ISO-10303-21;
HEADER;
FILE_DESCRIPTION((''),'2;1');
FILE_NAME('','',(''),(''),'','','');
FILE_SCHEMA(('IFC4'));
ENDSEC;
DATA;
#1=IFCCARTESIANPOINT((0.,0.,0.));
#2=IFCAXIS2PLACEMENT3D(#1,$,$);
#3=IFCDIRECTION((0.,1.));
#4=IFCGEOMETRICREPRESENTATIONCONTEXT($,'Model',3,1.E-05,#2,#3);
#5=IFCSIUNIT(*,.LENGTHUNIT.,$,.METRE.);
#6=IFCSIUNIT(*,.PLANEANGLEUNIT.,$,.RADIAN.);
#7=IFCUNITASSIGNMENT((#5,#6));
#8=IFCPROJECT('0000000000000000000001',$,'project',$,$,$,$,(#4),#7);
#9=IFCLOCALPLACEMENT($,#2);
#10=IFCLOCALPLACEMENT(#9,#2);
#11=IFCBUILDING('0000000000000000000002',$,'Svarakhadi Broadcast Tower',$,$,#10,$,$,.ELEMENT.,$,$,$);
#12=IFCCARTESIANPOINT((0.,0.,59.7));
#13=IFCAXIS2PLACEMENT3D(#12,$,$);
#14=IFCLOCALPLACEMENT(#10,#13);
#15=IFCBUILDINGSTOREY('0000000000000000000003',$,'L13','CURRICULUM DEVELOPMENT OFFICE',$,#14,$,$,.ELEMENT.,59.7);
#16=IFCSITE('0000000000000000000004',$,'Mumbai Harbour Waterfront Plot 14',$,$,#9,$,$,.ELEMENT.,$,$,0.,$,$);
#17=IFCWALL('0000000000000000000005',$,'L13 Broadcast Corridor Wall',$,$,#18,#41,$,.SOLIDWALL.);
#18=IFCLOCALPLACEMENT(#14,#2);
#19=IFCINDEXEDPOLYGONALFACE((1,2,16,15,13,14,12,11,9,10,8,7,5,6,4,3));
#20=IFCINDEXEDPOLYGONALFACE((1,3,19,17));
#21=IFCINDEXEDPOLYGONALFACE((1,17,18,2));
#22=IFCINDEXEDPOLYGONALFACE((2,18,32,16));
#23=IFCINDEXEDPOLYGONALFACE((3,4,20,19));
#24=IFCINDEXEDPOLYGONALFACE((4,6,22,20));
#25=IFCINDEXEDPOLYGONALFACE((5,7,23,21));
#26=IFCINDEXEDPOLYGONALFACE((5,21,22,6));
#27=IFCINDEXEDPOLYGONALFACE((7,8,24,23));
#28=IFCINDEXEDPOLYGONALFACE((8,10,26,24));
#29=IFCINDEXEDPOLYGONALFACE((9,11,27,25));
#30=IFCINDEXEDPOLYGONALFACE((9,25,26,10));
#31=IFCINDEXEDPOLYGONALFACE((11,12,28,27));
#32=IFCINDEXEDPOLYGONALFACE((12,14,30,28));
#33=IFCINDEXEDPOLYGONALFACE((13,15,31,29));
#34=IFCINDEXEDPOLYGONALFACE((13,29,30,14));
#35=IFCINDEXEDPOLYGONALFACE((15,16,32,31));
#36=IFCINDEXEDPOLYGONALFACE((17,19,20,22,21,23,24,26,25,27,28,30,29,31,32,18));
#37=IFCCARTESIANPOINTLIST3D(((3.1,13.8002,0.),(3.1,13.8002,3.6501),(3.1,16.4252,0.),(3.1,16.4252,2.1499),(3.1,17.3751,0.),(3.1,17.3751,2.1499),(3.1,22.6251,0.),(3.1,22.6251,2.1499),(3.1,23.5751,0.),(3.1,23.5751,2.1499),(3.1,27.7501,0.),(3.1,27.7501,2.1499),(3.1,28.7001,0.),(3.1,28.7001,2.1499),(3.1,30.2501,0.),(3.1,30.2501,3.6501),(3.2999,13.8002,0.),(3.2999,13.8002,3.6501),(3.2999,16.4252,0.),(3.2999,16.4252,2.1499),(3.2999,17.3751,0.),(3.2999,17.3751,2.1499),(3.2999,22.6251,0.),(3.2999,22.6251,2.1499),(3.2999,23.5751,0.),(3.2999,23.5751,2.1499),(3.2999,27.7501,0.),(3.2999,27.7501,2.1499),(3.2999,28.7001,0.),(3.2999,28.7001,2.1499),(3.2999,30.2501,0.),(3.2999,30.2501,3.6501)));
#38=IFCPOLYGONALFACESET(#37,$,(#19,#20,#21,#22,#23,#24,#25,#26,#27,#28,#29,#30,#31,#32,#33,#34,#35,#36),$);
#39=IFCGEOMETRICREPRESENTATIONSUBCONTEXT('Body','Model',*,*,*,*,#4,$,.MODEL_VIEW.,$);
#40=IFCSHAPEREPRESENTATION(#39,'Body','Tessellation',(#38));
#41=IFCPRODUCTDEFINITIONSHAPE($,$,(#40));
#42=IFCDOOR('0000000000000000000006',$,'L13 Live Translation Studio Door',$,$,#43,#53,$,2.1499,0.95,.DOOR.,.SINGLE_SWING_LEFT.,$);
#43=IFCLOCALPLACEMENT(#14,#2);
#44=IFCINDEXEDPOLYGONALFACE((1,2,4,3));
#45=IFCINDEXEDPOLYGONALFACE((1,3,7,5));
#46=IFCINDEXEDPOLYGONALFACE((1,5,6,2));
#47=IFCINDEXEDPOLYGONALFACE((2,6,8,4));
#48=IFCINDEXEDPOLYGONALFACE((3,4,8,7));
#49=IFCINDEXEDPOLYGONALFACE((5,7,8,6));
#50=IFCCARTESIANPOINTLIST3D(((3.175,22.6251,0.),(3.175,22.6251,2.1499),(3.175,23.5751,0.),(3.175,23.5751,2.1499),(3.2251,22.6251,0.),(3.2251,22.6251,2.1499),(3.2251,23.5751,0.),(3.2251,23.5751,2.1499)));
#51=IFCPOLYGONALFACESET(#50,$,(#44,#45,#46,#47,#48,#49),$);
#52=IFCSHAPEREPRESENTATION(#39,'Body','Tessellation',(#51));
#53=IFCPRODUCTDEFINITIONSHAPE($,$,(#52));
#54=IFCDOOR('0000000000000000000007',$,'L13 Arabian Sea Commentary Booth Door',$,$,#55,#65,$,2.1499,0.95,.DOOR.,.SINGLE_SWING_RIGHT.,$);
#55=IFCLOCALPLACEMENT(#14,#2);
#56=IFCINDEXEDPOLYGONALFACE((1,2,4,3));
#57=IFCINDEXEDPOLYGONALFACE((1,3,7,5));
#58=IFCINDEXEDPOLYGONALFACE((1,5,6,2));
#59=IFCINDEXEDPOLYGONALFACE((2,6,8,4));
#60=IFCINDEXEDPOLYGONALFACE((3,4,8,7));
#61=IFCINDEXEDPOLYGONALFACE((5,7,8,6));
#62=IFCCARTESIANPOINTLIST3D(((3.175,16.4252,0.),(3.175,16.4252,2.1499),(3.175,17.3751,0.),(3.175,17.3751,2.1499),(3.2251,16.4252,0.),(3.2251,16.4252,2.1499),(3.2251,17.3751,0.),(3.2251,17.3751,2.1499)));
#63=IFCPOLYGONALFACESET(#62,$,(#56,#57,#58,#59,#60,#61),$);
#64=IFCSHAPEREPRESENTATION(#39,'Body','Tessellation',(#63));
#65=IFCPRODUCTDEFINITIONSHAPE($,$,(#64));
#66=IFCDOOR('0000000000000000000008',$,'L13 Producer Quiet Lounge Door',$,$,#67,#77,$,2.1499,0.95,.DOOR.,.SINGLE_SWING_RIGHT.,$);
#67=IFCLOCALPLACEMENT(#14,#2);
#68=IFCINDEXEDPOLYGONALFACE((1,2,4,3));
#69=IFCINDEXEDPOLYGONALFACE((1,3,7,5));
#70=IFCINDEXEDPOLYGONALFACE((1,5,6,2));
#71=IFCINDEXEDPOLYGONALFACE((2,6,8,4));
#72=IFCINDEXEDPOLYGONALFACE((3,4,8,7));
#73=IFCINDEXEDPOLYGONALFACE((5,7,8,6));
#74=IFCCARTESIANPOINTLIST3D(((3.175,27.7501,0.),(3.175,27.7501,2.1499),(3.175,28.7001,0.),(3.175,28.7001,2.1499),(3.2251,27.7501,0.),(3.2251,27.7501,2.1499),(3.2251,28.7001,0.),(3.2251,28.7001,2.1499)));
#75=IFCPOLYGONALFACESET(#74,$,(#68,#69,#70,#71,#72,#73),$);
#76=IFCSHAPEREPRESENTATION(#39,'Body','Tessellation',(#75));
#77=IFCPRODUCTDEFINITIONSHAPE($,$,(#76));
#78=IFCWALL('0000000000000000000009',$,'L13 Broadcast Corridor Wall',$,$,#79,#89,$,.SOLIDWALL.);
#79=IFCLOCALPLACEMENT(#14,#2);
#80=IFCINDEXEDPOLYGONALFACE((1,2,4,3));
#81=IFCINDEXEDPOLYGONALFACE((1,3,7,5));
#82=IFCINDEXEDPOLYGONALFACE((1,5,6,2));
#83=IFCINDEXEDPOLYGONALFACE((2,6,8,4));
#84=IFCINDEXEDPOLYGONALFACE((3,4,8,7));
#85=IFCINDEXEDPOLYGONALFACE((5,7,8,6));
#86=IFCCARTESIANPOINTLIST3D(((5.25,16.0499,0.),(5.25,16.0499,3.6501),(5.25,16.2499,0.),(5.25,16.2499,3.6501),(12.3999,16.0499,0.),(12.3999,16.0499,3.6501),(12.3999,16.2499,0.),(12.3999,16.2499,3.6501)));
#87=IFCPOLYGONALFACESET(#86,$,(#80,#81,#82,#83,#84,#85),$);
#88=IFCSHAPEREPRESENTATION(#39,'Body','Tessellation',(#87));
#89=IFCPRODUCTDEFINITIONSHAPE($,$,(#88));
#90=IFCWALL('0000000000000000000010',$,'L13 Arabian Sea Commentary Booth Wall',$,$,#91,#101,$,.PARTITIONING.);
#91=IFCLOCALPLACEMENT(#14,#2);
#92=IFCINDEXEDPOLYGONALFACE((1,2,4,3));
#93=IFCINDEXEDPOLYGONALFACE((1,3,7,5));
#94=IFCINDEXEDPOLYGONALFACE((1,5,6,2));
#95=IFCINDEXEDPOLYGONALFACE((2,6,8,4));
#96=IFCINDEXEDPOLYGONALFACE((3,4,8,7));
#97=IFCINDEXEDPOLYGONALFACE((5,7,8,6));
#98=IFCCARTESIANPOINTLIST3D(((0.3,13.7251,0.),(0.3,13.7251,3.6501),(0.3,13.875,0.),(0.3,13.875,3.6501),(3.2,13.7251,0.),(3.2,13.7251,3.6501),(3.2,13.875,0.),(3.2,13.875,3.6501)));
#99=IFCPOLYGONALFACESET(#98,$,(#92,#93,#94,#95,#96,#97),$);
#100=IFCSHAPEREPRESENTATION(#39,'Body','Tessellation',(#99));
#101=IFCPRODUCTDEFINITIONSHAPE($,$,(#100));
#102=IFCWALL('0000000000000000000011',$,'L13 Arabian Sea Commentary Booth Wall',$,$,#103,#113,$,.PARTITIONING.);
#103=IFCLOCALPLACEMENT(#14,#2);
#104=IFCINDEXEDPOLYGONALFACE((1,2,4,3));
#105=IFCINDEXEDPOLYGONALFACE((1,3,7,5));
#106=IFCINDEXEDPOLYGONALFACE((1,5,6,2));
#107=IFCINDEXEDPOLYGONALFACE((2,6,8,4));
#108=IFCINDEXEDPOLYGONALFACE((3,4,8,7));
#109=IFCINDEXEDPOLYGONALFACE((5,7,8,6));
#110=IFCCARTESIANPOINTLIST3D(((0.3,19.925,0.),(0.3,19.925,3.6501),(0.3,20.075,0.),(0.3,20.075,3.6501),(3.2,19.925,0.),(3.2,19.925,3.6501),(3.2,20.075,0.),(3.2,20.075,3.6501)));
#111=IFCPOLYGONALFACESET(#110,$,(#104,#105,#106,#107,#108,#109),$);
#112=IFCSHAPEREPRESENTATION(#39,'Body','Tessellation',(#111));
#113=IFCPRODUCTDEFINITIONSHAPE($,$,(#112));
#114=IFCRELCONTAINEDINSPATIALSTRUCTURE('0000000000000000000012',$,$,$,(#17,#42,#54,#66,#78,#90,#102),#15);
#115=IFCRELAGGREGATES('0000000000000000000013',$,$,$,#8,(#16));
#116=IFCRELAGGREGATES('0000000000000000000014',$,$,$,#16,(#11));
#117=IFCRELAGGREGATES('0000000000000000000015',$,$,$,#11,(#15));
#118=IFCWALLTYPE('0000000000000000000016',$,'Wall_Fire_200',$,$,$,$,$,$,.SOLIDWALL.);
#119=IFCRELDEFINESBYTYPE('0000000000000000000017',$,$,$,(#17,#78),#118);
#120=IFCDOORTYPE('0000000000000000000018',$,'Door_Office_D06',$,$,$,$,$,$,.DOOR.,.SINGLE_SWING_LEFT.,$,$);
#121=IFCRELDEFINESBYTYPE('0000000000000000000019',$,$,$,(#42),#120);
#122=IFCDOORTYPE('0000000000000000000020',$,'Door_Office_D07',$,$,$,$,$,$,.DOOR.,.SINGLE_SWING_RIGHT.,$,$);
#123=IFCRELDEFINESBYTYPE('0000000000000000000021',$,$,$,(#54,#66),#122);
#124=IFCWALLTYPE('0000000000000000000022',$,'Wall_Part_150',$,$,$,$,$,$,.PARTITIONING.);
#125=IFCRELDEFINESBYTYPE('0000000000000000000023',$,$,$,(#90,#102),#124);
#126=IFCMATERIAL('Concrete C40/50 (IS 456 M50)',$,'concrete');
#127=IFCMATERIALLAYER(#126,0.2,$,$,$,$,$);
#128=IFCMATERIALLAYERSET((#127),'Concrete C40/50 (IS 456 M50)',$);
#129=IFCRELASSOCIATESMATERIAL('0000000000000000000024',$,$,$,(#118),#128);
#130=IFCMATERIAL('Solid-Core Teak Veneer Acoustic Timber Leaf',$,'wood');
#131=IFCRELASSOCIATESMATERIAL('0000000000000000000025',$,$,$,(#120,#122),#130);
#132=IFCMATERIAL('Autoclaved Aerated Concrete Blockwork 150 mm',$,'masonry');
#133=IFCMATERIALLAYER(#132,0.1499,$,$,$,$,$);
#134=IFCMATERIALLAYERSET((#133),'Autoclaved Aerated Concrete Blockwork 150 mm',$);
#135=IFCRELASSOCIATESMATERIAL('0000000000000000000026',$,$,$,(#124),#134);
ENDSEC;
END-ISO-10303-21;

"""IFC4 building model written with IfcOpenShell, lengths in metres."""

from ifc_helpers import new_model, si_unit, direction, frame, frame_2d, origin, place, context, subcontext, project, spatial, rectangle, extrude, material, layer, layer_set, type_object, element, fill, save


model = new_model("IFC4")

# Units and contexts
model_context = context("Model", 3, precision=1e-05, world=origin(), true_north=direction((0.0, 1.0)))
body_context = subcontext(model_context, "Body", "Model", "MODEL_VIEW")
ifc_project = project(units=[si_unit("LENGTHUNIT", "METRE"), si_unit("PLANEANGLEUNIT", "RADIAN")], contexts=[model_context])

# Site, building, storey
site_placement = place(None, origin())
site = spatial("IfcSite", under=ifc_project, at=site_placement, Name="Mumbai Harbour Waterfront Plot 14", CompositionType="ELEMENT", RefElevation=0.0)
building_placement = place(site_placement, origin())
building = spatial("IfcBuilding", under=site, at=building_placement, Name="Svarakhadi Broadcast Tower", CompositionType="ELEMENT")
storey_placement = place(building_placement, frame((0.0, 0.0, 59.7)))
storey = spatial("IfcBuildingStorey", under=building, at=storey_placement, Name="L13", Description="CURRICULUM DEVELOPMENT OFFICE", CompositionType="ELEMENT", Elevation=59.7)

# Shared definitions
ifc_material_1 = material(Name="Concrete C40/50 (IS 456 M50)", Category="concrete")
ifc_layer_1 = layer(ifc_material_1, 0.2)
ifc_layer_set_1 = layer_set([ifc_layer_1], Name="Concrete C40/50 (IS 456 M50)")
wall_type_1 = type_object("IfcWallType", Name="Wall_Fire_200", PredefinedType="SOLIDWALL", material=ifc_layer_set_1)

# Wall, openings, doors
wall_1_placement = place(storey_placement, frame((3.2, 13.8, 0.0), z_axis=(0.0, 0.0, 1.0), x_axis=(0.0, 1.0, 0.0)))
wall_1 = element("IfcWall", 1, at=wall_1_placement, inside=storey, type_object=wall_type_1, Name="L13 Broadcast Corridor Wall", PredefinedType="SOLIDWALL", context=body_context, shape_type="SweptSolid", body=[
    extrude(rectangle(XDim=16.45, YDim=0.2, at=frame_2d((8.2251, 0.0))), origin(), (0.0, 0.0, 1.0), 3.6501),
])
opening_1_placement = place(wall_1_placement, frame((2.625, 0.0, 0.0)))
opening_1 = element("IfcOpeningElement", 2, at=opening_1_placement, cuts=wall_1, PredefinedType="OPENING", context=body_context, shape_type="SweptSolid", body=[
    extrude(rectangle(XDim=0.95, YDim=2.1499, at=frame_2d((0.4751, 1.075))), frame((0.0, 0.1099, 0.0), z_axis=(0.0, -1.0, 0.0), x_axis=(1.0, 0.0, 0.0)), (0.0, 0.0, 1.0), 0.22),
])
opening_2_placement = place(wall_1_placement, frame((8.825, 0.0, 0.0)))
opening_2 = element("IfcOpeningElement", 3, at=opening_2_placement, cuts=wall_1, PredefinedType="OPENING", context=body_context, shape_type="SweptSolid", body=[
    extrude(rectangle(XDim=0.95, YDim=2.1499, at=frame_2d((0.4751, 1.075))), frame((0.0, 0.1099, 0.0), z_axis=(0.0, -1.0, 0.0), x_axis=(1.0, 0.0, 0.0)), (0.0, 0.0, 1.0), 0.22),
])
opening_3_placement = place(wall_1_placement, frame((13.95, 0.0, 0.0)))
opening_3 = element("IfcOpeningElement", 4, at=opening_3_placement, cuts=wall_1, PredefinedType="OPENING", context=body_context, shape_type="SweptSolid", body=[
    extrude(rectangle(XDim=0.95, YDim=2.1499, at=frame_2d((0.4751, 1.075))), frame((0.0, 0.1099, 0.0), z_axis=(0.0, -1.0, 0.0), x_axis=(1.0, 0.0, 0.0)), (0.0, 0.0, 1.0), 0.22),
])
ifc_material_2 = material(Name="Solid-Core Teak Veneer Acoustic Timber Leaf", Category="wood")
door_type_1 = type_object("IfcDoorType", Name="Door_Office_D06", OperationType="SINGLE_SWING_LEFT", PredefinedType="DOOR", material=ifc_material_2)
door_1_placement = place(opening_2_placement, origin())
door_1 = element("IfcDoor", 5, at=door_1_placement, inside=storey, type_object=door_type_1, Name="L13 Live Translation Studio Door", OperationType="SINGLE_SWING_LEFT", OverallHeight=2.1499, OverallWidth=0.95, PredefinedType="DOOR", context=body_context, shape_type="SweptSolid", body=[
    extrude(rectangle(XDim=0.95, YDim=2.1499, at=frame_2d((0.4751, 1.075))), frame((0.0, 0.0249, 0.0), z_axis=(0.0, -1.0, 0.0), x_axis=(1.0, 0.0, 0.0)), (0.0, 0.0, 1.0), 0.05),
])
fill(opening_2, door_1)
door_type_2 = type_object("IfcDoorType", Name="Door_Office_D07", OperationType="SINGLE_SWING_RIGHT", PredefinedType="DOOR", material=ifc_material_2)
door_2_placement = place(opening_1_placement, origin())
door_2 = element("IfcDoor", 6, at=door_2_placement, inside=storey, type_object=door_type_2, Name="L13 Arabian Sea Commentary Booth Door", OperationType="SINGLE_SWING_RIGHT", OverallHeight=2.1499, OverallWidth=0.95, PredefinedType="DOOR", context=body_context, shape_type="SweptSolid", body=[
    extrude(rectangle(XDim=0.95, YDim=2.1499, at=frame_2d((0.4751, 1.075))), frame((0.0, 0.0249, 0.0), z_axis=(0.0, -1.0, 0.0), x_axis=(1.0, 0.0, 0.0)), (0.0, 0.0, 1.0), 0.05),
])
fill(opening_1, door_2)
door_3_placement = place(opening_3_placement, origin())
door_3 = element("IfcDoor", 7, at=door_3_placement, inside=storey, type_object=door_type_2, Name="L13 Producer Quiet Lounge Door", OperationType="SINGLE_SWING_RIGHT", OverallHeight=2.1499, OverallWidth=0.95, PredefinedType="DOOR", context=body_context, shape_type="SweptSolid", body=[
    extrude(rectangle(XDim=0.95, YDim=2.1499, at=frame_2d((0.4751, 1.075))), frame((0.0, 0.0249, 0.0), z_axis=(0.0, -1.0, 0.0), x_axis=(1.0, 0.0, 0.0)), (0.0, 0.0, 1.0), 0.05),
])
fill(opening_3, door_3)

# Walls
wall_2_placement = place(storey_placement, frame((5.25, 16.1499, 0.0), z_axis=(0.0, 0.0, 1.0), x_axis=(1.0, 0.0, 0.0)))
element("IfcWall", 8, at=wall_2_placement, inside=storey, type_object=wall_type_1, Name="L13 Broadcast Corridor Wall", PredefinedType="SOLIDWALL", context=body_context, shape_type="SweptSolid", body=[
    extrude(rectangle(XDim=7.1499, YDim=0.2, at=frame_2d((3.575, 0.0))), origin(), (0.0, 0.0, 1.0), 3.6501),
])
ifc_material_3 = material(Name="Autoclaved Aerated Concrete Blockwork 150 mm", Category="masonry")
ifc_layer_2 = layer(ifc_material_3, 0.1499)
ifc_layer_set_2 = layer_set([ifc_layer_2], Name="Autoclaved Aerated Concrete Blockwork 150 mm")
wall_type_2 = type_object("IfcWallType", Name="Wall_Part_150", PredefinedType="PARTITIONING", material=ifc_layer_set_2)
for number, where, z_axis, x_axis, name in (
    (9, (0.3, 13.8, 0.0), (0.0, 0.0, 1.0), (1.0, 0.0, 0.0), "L13 Arabian Sea Commentary Booth Wall"),
    (10, (0.3, 20.0, 0.0), (0.0, 0.0, 1.0), (1.0, 0.0, 0.0), "L13 Arabian Sea Commentary Booth Wall"),
):
    element("IfcWall", number, at=place(storey_placement, frame(where, z_axis=z_axis, x_axis=x_axis)), inside=storey, type_object=wall_type_2, Name=name, PredefinedType="PARTITIONING", context=body_context, shape_type="SweptSolid", body=[
        extrude(rectangle(XDim=2.8999, YDim=0.1499, at=frame_2d((1.45, 0.0))), origin(), (0.0, 0.0, 1.0), 3.6501),
    ])

save(model, "model.ifc")
